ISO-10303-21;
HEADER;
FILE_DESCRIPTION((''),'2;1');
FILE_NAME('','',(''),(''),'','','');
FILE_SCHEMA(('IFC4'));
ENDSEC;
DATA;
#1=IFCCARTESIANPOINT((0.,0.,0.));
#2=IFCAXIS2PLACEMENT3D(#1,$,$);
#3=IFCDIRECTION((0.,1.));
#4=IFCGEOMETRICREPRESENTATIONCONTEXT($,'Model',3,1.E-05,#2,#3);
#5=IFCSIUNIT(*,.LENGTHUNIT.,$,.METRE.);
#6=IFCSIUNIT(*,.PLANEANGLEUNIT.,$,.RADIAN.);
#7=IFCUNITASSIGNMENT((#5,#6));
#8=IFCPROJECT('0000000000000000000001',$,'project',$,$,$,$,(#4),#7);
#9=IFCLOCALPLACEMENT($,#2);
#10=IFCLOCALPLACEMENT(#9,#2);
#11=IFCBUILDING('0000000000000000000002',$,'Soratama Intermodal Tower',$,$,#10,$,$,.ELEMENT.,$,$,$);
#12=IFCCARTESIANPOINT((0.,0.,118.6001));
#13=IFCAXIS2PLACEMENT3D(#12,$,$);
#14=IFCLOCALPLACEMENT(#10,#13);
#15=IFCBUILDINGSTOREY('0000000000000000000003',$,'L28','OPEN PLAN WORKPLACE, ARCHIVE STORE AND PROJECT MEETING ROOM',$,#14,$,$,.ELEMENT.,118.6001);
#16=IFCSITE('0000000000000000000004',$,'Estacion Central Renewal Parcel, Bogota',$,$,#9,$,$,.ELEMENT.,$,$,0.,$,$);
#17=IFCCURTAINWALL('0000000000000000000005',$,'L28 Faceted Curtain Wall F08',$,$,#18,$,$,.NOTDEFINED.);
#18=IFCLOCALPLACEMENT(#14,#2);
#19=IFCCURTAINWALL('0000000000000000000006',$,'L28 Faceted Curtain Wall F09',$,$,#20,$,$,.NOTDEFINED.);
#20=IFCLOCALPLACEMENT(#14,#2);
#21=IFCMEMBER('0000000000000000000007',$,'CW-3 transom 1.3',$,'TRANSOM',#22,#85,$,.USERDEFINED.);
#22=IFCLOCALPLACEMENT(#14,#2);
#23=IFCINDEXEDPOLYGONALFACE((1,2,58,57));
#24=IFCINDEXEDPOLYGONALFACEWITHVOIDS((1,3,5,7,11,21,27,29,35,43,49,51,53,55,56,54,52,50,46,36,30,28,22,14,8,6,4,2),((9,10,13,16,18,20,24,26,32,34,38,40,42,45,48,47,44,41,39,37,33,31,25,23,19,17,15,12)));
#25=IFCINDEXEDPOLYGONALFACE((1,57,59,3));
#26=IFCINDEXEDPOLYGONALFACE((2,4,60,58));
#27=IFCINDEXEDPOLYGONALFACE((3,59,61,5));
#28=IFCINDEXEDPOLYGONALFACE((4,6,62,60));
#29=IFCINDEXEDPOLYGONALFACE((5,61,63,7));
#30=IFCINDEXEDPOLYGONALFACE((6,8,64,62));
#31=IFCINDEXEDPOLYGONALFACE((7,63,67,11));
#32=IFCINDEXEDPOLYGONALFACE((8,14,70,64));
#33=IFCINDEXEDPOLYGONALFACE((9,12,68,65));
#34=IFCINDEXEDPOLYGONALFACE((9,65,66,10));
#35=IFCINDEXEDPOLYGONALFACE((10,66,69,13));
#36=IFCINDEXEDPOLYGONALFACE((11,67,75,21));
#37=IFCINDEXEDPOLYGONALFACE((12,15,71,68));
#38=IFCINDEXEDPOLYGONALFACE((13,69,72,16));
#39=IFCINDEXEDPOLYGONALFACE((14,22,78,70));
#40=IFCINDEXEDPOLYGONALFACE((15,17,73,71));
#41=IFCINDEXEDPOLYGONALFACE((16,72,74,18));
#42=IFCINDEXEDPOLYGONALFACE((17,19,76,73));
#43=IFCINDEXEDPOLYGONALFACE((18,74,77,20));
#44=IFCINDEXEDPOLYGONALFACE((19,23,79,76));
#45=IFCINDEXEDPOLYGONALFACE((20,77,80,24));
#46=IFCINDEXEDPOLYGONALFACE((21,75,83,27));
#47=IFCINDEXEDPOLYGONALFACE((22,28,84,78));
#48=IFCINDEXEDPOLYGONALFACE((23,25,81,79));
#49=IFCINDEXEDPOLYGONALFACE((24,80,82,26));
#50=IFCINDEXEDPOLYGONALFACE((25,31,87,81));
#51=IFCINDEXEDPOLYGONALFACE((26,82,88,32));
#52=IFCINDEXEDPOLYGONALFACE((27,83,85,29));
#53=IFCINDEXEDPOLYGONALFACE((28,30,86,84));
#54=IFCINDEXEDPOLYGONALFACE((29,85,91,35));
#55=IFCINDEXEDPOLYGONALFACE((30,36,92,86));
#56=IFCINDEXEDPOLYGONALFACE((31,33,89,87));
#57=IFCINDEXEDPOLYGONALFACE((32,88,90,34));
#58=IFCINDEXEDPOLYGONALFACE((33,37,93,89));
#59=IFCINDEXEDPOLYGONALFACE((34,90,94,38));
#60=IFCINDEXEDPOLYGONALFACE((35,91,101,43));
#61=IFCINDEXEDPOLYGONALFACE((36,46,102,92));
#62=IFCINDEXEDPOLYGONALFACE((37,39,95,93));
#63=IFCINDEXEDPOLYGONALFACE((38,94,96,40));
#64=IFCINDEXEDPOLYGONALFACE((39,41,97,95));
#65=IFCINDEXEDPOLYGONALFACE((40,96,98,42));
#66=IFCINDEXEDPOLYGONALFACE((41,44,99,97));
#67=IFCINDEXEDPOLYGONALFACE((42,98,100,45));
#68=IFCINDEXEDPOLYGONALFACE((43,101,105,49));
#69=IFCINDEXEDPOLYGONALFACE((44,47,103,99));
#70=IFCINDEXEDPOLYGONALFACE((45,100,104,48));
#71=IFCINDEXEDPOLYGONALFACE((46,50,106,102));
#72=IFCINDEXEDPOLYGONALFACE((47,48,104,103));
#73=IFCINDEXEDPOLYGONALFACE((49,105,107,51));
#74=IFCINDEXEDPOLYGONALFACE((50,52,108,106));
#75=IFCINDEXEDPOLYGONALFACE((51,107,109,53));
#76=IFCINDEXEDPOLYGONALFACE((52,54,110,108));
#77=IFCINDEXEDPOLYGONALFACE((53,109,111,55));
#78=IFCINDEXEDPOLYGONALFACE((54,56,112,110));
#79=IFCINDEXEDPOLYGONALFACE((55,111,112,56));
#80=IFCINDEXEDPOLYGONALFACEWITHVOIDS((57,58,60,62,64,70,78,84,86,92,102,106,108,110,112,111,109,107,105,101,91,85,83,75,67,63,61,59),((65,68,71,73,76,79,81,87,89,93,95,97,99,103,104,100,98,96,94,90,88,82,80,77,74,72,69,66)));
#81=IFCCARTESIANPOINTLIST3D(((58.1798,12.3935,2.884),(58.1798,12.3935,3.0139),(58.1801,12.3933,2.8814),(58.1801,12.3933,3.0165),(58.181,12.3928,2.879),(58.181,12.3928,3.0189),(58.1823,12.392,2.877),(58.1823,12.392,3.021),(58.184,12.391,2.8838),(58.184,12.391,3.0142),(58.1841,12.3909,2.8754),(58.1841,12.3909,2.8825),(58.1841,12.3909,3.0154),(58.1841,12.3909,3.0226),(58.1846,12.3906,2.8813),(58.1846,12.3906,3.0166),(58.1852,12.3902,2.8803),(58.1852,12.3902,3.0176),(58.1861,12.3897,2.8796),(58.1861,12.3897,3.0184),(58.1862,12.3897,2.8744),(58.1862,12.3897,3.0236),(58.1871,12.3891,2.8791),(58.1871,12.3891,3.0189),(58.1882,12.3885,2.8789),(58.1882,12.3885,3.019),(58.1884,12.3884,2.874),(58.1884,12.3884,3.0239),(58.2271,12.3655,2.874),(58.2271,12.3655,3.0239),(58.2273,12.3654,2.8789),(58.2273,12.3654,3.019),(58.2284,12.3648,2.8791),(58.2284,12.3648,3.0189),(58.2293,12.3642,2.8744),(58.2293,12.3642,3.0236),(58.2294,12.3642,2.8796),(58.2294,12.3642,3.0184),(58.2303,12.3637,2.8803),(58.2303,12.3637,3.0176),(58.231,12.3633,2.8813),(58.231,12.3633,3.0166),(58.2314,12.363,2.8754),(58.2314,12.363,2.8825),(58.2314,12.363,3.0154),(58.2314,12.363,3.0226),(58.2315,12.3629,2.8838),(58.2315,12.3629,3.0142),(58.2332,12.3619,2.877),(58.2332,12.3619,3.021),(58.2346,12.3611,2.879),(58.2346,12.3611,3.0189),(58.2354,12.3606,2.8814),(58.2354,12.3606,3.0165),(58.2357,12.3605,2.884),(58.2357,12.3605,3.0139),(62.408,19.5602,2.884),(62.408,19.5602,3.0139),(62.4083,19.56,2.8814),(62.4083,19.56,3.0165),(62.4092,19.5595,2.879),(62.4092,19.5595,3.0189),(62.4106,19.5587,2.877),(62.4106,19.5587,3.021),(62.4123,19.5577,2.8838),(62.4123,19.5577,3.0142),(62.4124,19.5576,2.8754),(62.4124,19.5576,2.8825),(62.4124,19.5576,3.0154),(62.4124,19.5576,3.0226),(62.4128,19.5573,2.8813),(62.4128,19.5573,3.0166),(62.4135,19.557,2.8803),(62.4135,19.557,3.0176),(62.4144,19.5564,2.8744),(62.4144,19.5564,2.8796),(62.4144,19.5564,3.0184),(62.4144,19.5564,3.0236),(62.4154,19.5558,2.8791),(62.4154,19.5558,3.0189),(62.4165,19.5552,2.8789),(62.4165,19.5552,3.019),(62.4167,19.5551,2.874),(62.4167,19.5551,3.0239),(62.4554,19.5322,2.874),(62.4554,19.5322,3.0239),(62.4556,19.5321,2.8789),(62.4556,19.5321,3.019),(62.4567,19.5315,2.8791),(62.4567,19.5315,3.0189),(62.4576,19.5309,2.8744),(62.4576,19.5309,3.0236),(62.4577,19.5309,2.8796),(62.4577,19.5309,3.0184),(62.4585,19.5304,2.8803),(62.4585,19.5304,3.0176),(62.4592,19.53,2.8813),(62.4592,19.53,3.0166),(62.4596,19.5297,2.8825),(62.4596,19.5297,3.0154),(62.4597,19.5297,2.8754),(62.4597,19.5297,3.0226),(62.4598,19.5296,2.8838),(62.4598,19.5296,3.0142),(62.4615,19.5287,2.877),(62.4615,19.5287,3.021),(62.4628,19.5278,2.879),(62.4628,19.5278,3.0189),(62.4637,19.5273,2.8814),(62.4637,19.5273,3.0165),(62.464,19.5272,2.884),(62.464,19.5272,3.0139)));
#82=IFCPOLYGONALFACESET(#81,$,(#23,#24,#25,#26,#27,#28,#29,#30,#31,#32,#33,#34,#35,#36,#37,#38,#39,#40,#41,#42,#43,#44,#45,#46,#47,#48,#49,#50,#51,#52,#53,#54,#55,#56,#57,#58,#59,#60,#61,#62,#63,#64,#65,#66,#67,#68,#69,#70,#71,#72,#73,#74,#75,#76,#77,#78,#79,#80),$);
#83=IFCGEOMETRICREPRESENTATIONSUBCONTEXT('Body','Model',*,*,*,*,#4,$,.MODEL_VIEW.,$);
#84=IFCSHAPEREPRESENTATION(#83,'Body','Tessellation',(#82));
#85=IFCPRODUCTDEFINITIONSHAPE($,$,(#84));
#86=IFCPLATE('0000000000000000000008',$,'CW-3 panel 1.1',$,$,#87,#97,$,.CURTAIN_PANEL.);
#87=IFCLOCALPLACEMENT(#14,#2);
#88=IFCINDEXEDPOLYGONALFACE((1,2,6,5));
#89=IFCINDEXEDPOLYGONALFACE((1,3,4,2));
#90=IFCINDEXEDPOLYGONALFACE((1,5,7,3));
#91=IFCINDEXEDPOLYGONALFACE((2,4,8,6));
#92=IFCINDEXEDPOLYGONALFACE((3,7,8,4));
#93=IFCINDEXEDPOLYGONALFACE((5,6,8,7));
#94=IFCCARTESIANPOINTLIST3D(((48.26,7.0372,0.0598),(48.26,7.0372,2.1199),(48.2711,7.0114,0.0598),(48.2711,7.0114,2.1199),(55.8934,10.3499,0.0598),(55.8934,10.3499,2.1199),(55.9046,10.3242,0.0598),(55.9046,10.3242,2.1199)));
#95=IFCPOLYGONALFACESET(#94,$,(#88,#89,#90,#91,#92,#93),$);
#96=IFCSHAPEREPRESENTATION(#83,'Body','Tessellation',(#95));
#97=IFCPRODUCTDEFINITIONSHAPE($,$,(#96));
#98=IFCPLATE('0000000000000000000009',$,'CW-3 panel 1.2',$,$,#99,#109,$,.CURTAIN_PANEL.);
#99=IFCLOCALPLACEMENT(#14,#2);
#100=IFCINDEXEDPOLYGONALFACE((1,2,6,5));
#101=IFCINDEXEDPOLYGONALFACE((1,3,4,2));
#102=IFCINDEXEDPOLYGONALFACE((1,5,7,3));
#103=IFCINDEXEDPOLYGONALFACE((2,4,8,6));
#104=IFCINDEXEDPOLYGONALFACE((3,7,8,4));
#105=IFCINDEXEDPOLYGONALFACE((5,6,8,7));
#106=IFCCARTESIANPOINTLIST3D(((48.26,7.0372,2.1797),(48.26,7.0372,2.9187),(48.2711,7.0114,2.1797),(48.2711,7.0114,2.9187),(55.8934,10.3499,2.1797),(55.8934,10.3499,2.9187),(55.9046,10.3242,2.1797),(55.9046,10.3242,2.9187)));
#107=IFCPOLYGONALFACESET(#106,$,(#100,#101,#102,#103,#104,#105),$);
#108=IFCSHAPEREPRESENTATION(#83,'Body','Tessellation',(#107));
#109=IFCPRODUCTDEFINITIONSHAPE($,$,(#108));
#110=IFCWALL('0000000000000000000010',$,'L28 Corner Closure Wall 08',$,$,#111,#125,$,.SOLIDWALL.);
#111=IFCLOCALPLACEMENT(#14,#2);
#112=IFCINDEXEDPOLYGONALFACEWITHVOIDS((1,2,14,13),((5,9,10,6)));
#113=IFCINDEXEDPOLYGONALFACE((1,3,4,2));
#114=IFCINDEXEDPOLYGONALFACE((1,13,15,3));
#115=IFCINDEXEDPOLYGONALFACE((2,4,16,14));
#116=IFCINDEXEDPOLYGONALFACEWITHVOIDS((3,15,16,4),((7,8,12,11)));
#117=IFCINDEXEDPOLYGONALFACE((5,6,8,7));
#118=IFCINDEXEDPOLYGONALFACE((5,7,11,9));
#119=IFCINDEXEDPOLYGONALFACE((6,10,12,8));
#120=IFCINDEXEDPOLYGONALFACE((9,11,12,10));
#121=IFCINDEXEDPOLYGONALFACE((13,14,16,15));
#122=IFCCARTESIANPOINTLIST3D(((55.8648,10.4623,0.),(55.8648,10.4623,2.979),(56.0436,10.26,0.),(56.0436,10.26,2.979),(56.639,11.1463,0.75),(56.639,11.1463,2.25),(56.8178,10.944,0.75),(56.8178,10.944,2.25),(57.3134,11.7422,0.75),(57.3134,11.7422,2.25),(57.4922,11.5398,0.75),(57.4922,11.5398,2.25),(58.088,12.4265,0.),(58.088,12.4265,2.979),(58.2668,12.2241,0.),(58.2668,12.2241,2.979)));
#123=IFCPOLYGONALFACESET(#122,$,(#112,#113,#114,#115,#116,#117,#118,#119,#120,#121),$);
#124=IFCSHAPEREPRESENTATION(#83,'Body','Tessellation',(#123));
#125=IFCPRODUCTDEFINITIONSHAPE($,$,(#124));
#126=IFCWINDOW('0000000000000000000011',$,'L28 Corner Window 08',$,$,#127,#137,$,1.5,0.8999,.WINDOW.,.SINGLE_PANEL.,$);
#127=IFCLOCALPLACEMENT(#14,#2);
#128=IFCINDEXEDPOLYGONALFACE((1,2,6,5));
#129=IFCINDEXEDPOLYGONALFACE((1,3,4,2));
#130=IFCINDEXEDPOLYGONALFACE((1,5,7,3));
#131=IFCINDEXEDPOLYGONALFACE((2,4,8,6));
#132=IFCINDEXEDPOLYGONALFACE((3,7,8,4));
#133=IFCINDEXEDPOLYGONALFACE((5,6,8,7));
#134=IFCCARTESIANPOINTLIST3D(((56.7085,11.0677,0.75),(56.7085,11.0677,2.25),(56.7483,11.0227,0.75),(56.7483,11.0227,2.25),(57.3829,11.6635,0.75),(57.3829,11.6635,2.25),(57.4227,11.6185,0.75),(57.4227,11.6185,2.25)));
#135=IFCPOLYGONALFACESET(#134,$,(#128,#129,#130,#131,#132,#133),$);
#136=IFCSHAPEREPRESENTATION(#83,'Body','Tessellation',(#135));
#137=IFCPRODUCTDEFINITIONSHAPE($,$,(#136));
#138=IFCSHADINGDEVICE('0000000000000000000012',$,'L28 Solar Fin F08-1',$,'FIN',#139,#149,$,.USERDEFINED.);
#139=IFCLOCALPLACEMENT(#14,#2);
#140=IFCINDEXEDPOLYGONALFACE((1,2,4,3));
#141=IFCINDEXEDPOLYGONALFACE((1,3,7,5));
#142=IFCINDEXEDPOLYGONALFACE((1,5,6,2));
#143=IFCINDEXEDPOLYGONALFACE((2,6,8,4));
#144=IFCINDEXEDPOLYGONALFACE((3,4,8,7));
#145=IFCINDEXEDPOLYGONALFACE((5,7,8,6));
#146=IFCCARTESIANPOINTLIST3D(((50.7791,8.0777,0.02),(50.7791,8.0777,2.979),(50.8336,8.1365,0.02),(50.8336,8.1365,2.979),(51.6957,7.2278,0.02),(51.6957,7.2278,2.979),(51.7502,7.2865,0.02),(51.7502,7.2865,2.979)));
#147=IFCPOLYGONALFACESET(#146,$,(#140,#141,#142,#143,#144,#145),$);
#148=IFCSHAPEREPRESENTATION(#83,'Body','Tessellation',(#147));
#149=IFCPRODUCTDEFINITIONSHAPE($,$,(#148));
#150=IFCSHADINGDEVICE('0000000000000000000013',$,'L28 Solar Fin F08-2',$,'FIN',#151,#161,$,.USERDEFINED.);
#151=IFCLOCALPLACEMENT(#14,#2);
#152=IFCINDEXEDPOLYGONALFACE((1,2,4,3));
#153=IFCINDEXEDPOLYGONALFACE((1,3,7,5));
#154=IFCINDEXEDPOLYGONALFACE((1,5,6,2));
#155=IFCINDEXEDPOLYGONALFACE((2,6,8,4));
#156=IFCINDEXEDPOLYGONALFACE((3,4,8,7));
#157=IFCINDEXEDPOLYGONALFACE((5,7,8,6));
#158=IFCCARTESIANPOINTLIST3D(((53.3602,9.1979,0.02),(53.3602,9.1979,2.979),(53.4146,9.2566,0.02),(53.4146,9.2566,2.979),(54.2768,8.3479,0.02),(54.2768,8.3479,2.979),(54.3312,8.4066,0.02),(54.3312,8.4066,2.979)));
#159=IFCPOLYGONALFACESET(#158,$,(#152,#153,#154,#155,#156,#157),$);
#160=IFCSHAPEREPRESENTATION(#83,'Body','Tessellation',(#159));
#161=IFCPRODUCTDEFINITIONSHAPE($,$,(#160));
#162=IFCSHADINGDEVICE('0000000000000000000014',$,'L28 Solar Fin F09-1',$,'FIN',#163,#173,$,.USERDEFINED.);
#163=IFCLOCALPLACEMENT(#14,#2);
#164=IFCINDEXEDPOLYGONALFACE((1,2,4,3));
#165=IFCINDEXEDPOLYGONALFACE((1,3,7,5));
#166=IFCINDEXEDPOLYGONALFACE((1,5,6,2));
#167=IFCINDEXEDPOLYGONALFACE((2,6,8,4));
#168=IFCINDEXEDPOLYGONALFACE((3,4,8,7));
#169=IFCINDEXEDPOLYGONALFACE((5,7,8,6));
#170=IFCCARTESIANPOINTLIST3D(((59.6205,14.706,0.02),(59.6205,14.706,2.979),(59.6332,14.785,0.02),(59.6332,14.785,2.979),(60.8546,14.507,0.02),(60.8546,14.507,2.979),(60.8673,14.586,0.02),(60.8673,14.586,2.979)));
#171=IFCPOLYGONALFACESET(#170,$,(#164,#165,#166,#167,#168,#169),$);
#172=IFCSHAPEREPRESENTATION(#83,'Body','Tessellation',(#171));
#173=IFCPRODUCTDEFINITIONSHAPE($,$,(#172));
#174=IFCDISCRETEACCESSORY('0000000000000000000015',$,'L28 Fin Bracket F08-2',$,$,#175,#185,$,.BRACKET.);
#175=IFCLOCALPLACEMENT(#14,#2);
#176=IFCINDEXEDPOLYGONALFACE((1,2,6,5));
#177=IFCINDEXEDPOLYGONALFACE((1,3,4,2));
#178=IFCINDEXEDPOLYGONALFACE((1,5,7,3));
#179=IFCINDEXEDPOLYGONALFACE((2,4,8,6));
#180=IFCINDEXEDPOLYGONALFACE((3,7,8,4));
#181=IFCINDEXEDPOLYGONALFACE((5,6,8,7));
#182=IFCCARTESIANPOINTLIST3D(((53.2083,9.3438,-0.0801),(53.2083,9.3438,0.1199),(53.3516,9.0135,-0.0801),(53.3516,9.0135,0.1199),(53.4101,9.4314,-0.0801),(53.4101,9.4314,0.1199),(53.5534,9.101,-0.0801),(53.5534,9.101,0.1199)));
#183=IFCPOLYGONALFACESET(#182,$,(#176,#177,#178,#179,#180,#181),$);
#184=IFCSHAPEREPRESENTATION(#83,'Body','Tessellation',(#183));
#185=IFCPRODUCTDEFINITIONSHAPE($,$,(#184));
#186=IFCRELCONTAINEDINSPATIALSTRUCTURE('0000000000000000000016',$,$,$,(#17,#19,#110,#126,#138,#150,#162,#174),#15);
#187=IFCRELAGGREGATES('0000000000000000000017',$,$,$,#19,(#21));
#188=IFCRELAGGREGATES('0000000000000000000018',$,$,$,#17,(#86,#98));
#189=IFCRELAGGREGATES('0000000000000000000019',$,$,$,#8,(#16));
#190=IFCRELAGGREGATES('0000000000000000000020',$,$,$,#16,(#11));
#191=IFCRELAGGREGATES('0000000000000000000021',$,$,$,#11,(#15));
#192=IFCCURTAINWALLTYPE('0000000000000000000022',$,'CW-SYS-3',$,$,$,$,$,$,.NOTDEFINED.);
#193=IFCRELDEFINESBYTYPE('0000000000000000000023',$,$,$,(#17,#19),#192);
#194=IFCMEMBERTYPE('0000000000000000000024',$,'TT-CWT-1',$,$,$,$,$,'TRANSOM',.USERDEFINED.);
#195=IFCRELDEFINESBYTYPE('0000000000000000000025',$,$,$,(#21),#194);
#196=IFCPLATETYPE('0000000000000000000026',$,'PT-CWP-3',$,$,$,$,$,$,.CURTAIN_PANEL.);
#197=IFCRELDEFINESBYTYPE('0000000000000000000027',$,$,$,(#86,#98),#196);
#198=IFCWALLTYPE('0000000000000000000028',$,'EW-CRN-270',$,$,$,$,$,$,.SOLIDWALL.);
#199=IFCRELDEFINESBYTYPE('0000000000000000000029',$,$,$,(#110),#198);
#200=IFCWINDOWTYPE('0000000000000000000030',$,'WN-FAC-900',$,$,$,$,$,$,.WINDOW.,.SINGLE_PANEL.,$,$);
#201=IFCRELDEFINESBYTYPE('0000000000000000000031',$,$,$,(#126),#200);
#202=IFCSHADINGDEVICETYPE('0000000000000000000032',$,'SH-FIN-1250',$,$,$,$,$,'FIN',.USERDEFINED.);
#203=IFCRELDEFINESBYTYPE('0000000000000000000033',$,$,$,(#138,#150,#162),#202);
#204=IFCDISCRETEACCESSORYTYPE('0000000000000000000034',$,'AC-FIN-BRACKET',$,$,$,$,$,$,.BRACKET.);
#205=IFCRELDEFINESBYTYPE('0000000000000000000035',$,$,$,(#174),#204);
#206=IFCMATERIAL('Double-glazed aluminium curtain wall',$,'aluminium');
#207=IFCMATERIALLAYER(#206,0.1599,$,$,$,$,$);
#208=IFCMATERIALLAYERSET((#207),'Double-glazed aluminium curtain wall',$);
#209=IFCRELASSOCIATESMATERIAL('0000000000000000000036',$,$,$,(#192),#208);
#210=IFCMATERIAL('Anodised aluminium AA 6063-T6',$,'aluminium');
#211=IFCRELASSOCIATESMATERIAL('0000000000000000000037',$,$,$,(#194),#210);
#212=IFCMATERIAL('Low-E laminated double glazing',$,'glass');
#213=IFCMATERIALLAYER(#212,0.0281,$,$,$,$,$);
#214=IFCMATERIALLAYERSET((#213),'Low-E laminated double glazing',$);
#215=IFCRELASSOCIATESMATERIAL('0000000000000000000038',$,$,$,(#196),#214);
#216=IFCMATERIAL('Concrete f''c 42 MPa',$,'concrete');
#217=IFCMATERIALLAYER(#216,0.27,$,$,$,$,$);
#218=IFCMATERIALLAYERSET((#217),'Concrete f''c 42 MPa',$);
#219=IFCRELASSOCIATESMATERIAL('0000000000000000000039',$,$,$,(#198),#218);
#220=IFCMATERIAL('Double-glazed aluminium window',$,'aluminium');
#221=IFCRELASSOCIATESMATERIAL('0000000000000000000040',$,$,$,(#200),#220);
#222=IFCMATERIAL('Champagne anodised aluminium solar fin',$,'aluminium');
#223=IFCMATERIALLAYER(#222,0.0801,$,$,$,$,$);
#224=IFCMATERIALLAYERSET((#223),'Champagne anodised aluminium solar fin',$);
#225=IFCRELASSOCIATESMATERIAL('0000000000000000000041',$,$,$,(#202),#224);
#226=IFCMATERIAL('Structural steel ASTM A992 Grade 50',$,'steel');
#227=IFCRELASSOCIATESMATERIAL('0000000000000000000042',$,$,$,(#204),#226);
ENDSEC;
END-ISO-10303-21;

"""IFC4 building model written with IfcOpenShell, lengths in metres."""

from ifc_helpers import new_model, si_unit, direction, frame, frame_2d, origin, origin_2d, place, context, subcontext, project, spatial, rectangle, hollow_rectangle, extrude, material, layer, layer_set, material_profile, profile_set, type_object, element, fill, aggregate, save


model = new_model("IFC4")

# Units and contexts
model_context = context("Model", 3, precision=1e-05, world=origin(), true_north=direction((0.0, 1.0)))
body_context = subcontext(model_context, "Body", "Model", "MODEL_VIEW")
ifc_project = project(units=[si_unit("LENGTHUNIT", "METRE"), si_unit("PLANEANGLEUNIT", "RADIAN")], contexts=[model_context])

# Site, building, storey
site_placement = place(None, origin())
site = spatial("IfcSite", under=ifc_project, at=site_placement, Name="Estacion Central Renewal Parcel, Bogota", CompositionType="ELEMENT", RefElevation=0.0)
building_placement = place(site_placement, origin())
building = spatial("IfcBuilding", under=site, at=building_placement, Name="Soratama Intermodal Tower", CompositionType="ELEMENT")
storey_placement = place(building_placement, frame((0.0, 0.0, 118.6001)))
storey = spatial("IfcBuildingStorey", under=building, at=storey_placement, Name="L28", Description="OPEN PLAN WORKPLACE, ARCHIVE STORE AND PROJECT MEETING ROOM", CompositionType="ELEMENT", Elevation=118.6001)

# Curtain wall
ifc_material_1 = material(Name="Double-glazed aluminium curtain wall", Category="aluminium")
ifc_layer_1 = layer(ifc_material_1, 0.1599)
ifc_layer_set_1 = layer_set([ifc_layer_1], Name="Double-glazed aluminium curtain wall")
curtain_wall_type = type_object("IfcCurtainWallType", Name="CW-SYS-3", PredefinedType="NOTDEFINED", material=ifc_layer_set_1)
curtain_wall_1_placement = place(storey_placement, origin())
curtain_wall_1 = element("IfcCurtainWall", 1, at=curtain_wall_1_placement, inside=storey, type_object=curtain_wall_type, Name="L28 Faceted Curtain Wall F08", PredefinedType="NOTDEFINED")

# Curtain wall, member
curtain_wall_2_placement = place(storey_placement, origin())
curtain_wall_2 = element("IfcCurtainWall", 2, at=curtain_wall_2_placement, inside=storey, type_object=curtain_wall_type, Name="L28 Faceted Curtain Wall F09", PredefinedType="NOTDEFINED")
ifc_material_2 = material(Name="Anodised aluminium AA 6063-T6", Category="aluminium")
ifc_material_profile_1 = material_profile(ifc_material_2, hollow_rectangle(XDim=0.0649, YDim=0.1499, WallThickness=0.0049, InnerFilletRadius=0.0049, OuterFilletRadius=0.01, at=origin_2d()), Name="CWT150X65X5")
ifc_profile_set_1 = profile_set([ifc_material_profile_1], Name="Anodised aluminium AA 6063-T6")
member_type_1 = type_object("IfcMemberType", Name="TT-CWT-1", ElementType="TRANSOM", PredefinedType="USERDEFINED", material=ifc_profile_set_1)
member_1_placement = place(storey_placement, frame((58.2078, 12.377, 2.949), z_axis=(0.508139, 0.861275, 0.0), x_axis=(-0.861275, 0.508139, 0.0)))
member_1 = element("IfcMember", 3, at=member_1_placement, type_object=member_type_1, Name="CW-3 transom 1.3", ObjectType="TRANSOM", PredefinedType="USERDEFINED", context=body_context, shape_type="SweptSolid", body=[
    extrude(hollow_rectangle(XDim=0.0649, YDim=0.1499, WallThickness=0.0049, InnerFilletRadius=0.0049, OuterFilletRadius=0.01, at=origin_2d()), origin(), (0.0, 0.0, 1.0), 8.321),
])
aggregate(curtain_wall_2, [member_1])

# Plates
ifc_material_3 = material(Name="Low-E laminated double glazing", Category="glass")
ifc_layer_2 = layer(ifc_material_3, 0.0281)
ifc_layer_set_2 = layer_set([ifc_layer_2], Name="Low-E laminated double glazing")
plate_type = type_object("IfcPlateType", Name="PT-CWP-3", PredefinedType="CURTAIN_PANEL", material=ifc_layer_set_2)
plate_1_placement = place(storey_placement, frame((52.0823, 8.6807, 0.0598), z_axis=(0.0, 0.0, 1.0), x_axis=(0.91734, 0.398104, 0.0)))
plate_1 = element("IfcPlate", 4, at=plate_1_placement, type_object=plate_type, Name="CW-3 panel 1.1", PredefinedType="CURTAIN_PANEL", context=body_context, shape_type="SweptSolid", body=[
    extrude(rectangle(XDim=8.3213, YDim=0.0281, at=origin_2d()), origin(), (0.0, 0.0, 1.0), 2.0601),
])
plate_2_placement = place(storey_placement, frame((52.0823, 8.6807, 2.1797), z_axis=(0.0, 0.0, 1.0), x_axis=(0.91734, 0.398104, 0.0)))
plate_2 = element("IfcPlate", 5, at=plate_2_placement, type_object=plate_type, Name="CW-3 panel 1.2", PredefinedType="CURTAIN_PANEL", context=body_context, shape_type="SweptSolid", body=[
    extrude(rectangle(XDim=8.3213, YDim=0.0281, at=origin_2d()), origin(), (0.0, 0.0, 1.0), 0.739),
])
aggregate(curtain_wall_1, [plate_1, plate_2])

# Wall, opening, window
ifc_material_4 = material(Name="Concrete f'c 42 MPa", Category="concrete")
ifc_layer_3 = layer(ifc_material_4, 0.27)
ifc_layer_set_3 = layer_set([ifc_layer_3], Name="Concrete f'c 42 MPa")
wall_type = type_object("IfcWallType", Name="EW-CRN-270", PredefinedType="SOLIDWALL", material=ifc_layer_set_3)
wall_placement = place(storey_placement, frame((55.9541, 10.3611, 0.0), z_axis=(0.0, 0.0, 1.0), x_axis=(0.749417, 0.662098, 0.0)))
wall = element("IfcWall", 6, at=wall_placement, inside=storey, type_object=wall_type, Name="L28 Corner Closure Wall 08", PredefinedType="SOLIDWALL", context=body_context, shape_type="SweptSolid", body=[
    extrude(rectangle(XDim=2.9666, YDim=0.27, at=frame_2d((1.4834, 0.0))), origin(), (0.0, 0.0, 1.0), 2.979),
])
opening_placement = place(wall_placement, frame((1.0332, 0.0, 0.75)))
opening = element("IfcOpeningElement", 7, at=opening_placement, cuts=wall, PredefinedType="OPENING", context=body_context, shape_type="SweptSolid", body=[
    extrude(rectangle(XDim=0.8999, YDim=1.5, at=frame_2d((0.45, 0.75))), frame((0.0, 0.145, 0.0), z_axis=(0.0, -1.0, 0.0), x_axis=(1.0, 0.0, 0.0)), (0.0, 0.0, 1.0), 0.29),
])
ifc_material_5 = material(Name="Double-glazed aluminium window", Category="aluminium")
window_type = type_object("IfcWindowType", Name="WN-FAC-900", PartitioningType="SINGLE_PANEL", PredefinedType="WINDOW", material=ifc_material_5)
window_placement = place(opening_placement, origin())
window = element("IfcWindow", 8, at=window_placement, inside=storey, type_object=window_type, Name="L28 Corner Window 08", OverallHeight=1.5, OverallWidth=0.8999, PartitioningType="SINGLE_PANEL", PredefinedType="WINDOW", context=body_context, shape_type="SweptSolid", body=[
    extrude(rectangle(XDim=0.8999, YDim=1.5, at=frame_2d((0.45, 0.75))), frame((0.0, 0.03, 0.0), z_axis=(0.0, -1.0, 0.0), x_axis=(1.0, 0.0, 0.0)), (0.0, 0.0, 1.0), 0.0601),
])
fill(opening, window)

# Shading devices
ifc_material_6 = material(Name="Champagne anodised aluminium solar fin", Category="aluminium")
ifc_layer_4 = layer(ifc_material_6, 0.0801)
ifc_layer_set_4 = layer_set([ifc_layer_4], Name="Champagne anodised aluminium solar fin")
shading_device_type = type_object("IfcShadingDeviceType", Name="SH-FIN-1250", ElementType="FIN", PredefinedType="USERDEFINED", material=ifc_layer_set_4)
for number, where, z_axis, x_axis, name in (
    (9, (51.2646, 7.6821, 0.02), (0.0, 0.0, 1.0), (0.733255, -0.679953, 0.0), "L28 Solar Fin F08-1"),
    (10, (53.8457, 8.8022, 0.02), (0.0, 0.0, 1.0), (0.733255, -0.679953, 0.0), "L28 Solar Fin F08-2"),
    (11, (60.2439, 14.646, 0.02), (0.0, 0.0, 1.0), (0.987248, -0.159192, 0.0), "L28 Solar Fin F09-1"),
):
    element("IfcShadingDevice", number, at=place(storey_placement, frame(where, z_axis=z_axis, x_axis=x_axis)), inside=storey, type_object=shading_device_type, Name=name, ObjectType="FIN", PredefinedType="USERDEFINED", context=body_context, shape_type="SweptSolid", body=[
        extrude(rectangle(XDim=1.25, YDim=0.0801, at=origin_2d()), origin(), (0.0, 0.0, 1.0), 2.959),
    ])

# Discrete accessory
ifc_material_7 = material(Name="Structural steel ASTM A992 Grade 50", Category="steel")
discrete_accessory_type = type_object("IfcDiscreteAccessoryType", Name="AC-FIN-BRACKET", PredefinedType="BRACKET", material=ifc_material_7)
discrete_accessory_placement = place(storey_placement, frame((53.3809, 9.2224, -0.0801), z_axis=(0.0, 0.0, 1.0), x_axis=(0.398109, -0.917338, 0.0)))
element("IfcDiscreteAccessory", 12, at=discrete_accessory_placement, inside=storey, type_object=discrete_accessory_type, Name="L28 Fin Bracket F08-2", PredefinedType="BRACKET", context=body_context, shape_type="SweptSolid", body=[
    extrude(rectangle(XDim=0.3601, YDim=0.22, at=origin_2d()), origin(), (0.0, 0.0, 1.0), 0.2),
])

save(model, "model.ifc")
